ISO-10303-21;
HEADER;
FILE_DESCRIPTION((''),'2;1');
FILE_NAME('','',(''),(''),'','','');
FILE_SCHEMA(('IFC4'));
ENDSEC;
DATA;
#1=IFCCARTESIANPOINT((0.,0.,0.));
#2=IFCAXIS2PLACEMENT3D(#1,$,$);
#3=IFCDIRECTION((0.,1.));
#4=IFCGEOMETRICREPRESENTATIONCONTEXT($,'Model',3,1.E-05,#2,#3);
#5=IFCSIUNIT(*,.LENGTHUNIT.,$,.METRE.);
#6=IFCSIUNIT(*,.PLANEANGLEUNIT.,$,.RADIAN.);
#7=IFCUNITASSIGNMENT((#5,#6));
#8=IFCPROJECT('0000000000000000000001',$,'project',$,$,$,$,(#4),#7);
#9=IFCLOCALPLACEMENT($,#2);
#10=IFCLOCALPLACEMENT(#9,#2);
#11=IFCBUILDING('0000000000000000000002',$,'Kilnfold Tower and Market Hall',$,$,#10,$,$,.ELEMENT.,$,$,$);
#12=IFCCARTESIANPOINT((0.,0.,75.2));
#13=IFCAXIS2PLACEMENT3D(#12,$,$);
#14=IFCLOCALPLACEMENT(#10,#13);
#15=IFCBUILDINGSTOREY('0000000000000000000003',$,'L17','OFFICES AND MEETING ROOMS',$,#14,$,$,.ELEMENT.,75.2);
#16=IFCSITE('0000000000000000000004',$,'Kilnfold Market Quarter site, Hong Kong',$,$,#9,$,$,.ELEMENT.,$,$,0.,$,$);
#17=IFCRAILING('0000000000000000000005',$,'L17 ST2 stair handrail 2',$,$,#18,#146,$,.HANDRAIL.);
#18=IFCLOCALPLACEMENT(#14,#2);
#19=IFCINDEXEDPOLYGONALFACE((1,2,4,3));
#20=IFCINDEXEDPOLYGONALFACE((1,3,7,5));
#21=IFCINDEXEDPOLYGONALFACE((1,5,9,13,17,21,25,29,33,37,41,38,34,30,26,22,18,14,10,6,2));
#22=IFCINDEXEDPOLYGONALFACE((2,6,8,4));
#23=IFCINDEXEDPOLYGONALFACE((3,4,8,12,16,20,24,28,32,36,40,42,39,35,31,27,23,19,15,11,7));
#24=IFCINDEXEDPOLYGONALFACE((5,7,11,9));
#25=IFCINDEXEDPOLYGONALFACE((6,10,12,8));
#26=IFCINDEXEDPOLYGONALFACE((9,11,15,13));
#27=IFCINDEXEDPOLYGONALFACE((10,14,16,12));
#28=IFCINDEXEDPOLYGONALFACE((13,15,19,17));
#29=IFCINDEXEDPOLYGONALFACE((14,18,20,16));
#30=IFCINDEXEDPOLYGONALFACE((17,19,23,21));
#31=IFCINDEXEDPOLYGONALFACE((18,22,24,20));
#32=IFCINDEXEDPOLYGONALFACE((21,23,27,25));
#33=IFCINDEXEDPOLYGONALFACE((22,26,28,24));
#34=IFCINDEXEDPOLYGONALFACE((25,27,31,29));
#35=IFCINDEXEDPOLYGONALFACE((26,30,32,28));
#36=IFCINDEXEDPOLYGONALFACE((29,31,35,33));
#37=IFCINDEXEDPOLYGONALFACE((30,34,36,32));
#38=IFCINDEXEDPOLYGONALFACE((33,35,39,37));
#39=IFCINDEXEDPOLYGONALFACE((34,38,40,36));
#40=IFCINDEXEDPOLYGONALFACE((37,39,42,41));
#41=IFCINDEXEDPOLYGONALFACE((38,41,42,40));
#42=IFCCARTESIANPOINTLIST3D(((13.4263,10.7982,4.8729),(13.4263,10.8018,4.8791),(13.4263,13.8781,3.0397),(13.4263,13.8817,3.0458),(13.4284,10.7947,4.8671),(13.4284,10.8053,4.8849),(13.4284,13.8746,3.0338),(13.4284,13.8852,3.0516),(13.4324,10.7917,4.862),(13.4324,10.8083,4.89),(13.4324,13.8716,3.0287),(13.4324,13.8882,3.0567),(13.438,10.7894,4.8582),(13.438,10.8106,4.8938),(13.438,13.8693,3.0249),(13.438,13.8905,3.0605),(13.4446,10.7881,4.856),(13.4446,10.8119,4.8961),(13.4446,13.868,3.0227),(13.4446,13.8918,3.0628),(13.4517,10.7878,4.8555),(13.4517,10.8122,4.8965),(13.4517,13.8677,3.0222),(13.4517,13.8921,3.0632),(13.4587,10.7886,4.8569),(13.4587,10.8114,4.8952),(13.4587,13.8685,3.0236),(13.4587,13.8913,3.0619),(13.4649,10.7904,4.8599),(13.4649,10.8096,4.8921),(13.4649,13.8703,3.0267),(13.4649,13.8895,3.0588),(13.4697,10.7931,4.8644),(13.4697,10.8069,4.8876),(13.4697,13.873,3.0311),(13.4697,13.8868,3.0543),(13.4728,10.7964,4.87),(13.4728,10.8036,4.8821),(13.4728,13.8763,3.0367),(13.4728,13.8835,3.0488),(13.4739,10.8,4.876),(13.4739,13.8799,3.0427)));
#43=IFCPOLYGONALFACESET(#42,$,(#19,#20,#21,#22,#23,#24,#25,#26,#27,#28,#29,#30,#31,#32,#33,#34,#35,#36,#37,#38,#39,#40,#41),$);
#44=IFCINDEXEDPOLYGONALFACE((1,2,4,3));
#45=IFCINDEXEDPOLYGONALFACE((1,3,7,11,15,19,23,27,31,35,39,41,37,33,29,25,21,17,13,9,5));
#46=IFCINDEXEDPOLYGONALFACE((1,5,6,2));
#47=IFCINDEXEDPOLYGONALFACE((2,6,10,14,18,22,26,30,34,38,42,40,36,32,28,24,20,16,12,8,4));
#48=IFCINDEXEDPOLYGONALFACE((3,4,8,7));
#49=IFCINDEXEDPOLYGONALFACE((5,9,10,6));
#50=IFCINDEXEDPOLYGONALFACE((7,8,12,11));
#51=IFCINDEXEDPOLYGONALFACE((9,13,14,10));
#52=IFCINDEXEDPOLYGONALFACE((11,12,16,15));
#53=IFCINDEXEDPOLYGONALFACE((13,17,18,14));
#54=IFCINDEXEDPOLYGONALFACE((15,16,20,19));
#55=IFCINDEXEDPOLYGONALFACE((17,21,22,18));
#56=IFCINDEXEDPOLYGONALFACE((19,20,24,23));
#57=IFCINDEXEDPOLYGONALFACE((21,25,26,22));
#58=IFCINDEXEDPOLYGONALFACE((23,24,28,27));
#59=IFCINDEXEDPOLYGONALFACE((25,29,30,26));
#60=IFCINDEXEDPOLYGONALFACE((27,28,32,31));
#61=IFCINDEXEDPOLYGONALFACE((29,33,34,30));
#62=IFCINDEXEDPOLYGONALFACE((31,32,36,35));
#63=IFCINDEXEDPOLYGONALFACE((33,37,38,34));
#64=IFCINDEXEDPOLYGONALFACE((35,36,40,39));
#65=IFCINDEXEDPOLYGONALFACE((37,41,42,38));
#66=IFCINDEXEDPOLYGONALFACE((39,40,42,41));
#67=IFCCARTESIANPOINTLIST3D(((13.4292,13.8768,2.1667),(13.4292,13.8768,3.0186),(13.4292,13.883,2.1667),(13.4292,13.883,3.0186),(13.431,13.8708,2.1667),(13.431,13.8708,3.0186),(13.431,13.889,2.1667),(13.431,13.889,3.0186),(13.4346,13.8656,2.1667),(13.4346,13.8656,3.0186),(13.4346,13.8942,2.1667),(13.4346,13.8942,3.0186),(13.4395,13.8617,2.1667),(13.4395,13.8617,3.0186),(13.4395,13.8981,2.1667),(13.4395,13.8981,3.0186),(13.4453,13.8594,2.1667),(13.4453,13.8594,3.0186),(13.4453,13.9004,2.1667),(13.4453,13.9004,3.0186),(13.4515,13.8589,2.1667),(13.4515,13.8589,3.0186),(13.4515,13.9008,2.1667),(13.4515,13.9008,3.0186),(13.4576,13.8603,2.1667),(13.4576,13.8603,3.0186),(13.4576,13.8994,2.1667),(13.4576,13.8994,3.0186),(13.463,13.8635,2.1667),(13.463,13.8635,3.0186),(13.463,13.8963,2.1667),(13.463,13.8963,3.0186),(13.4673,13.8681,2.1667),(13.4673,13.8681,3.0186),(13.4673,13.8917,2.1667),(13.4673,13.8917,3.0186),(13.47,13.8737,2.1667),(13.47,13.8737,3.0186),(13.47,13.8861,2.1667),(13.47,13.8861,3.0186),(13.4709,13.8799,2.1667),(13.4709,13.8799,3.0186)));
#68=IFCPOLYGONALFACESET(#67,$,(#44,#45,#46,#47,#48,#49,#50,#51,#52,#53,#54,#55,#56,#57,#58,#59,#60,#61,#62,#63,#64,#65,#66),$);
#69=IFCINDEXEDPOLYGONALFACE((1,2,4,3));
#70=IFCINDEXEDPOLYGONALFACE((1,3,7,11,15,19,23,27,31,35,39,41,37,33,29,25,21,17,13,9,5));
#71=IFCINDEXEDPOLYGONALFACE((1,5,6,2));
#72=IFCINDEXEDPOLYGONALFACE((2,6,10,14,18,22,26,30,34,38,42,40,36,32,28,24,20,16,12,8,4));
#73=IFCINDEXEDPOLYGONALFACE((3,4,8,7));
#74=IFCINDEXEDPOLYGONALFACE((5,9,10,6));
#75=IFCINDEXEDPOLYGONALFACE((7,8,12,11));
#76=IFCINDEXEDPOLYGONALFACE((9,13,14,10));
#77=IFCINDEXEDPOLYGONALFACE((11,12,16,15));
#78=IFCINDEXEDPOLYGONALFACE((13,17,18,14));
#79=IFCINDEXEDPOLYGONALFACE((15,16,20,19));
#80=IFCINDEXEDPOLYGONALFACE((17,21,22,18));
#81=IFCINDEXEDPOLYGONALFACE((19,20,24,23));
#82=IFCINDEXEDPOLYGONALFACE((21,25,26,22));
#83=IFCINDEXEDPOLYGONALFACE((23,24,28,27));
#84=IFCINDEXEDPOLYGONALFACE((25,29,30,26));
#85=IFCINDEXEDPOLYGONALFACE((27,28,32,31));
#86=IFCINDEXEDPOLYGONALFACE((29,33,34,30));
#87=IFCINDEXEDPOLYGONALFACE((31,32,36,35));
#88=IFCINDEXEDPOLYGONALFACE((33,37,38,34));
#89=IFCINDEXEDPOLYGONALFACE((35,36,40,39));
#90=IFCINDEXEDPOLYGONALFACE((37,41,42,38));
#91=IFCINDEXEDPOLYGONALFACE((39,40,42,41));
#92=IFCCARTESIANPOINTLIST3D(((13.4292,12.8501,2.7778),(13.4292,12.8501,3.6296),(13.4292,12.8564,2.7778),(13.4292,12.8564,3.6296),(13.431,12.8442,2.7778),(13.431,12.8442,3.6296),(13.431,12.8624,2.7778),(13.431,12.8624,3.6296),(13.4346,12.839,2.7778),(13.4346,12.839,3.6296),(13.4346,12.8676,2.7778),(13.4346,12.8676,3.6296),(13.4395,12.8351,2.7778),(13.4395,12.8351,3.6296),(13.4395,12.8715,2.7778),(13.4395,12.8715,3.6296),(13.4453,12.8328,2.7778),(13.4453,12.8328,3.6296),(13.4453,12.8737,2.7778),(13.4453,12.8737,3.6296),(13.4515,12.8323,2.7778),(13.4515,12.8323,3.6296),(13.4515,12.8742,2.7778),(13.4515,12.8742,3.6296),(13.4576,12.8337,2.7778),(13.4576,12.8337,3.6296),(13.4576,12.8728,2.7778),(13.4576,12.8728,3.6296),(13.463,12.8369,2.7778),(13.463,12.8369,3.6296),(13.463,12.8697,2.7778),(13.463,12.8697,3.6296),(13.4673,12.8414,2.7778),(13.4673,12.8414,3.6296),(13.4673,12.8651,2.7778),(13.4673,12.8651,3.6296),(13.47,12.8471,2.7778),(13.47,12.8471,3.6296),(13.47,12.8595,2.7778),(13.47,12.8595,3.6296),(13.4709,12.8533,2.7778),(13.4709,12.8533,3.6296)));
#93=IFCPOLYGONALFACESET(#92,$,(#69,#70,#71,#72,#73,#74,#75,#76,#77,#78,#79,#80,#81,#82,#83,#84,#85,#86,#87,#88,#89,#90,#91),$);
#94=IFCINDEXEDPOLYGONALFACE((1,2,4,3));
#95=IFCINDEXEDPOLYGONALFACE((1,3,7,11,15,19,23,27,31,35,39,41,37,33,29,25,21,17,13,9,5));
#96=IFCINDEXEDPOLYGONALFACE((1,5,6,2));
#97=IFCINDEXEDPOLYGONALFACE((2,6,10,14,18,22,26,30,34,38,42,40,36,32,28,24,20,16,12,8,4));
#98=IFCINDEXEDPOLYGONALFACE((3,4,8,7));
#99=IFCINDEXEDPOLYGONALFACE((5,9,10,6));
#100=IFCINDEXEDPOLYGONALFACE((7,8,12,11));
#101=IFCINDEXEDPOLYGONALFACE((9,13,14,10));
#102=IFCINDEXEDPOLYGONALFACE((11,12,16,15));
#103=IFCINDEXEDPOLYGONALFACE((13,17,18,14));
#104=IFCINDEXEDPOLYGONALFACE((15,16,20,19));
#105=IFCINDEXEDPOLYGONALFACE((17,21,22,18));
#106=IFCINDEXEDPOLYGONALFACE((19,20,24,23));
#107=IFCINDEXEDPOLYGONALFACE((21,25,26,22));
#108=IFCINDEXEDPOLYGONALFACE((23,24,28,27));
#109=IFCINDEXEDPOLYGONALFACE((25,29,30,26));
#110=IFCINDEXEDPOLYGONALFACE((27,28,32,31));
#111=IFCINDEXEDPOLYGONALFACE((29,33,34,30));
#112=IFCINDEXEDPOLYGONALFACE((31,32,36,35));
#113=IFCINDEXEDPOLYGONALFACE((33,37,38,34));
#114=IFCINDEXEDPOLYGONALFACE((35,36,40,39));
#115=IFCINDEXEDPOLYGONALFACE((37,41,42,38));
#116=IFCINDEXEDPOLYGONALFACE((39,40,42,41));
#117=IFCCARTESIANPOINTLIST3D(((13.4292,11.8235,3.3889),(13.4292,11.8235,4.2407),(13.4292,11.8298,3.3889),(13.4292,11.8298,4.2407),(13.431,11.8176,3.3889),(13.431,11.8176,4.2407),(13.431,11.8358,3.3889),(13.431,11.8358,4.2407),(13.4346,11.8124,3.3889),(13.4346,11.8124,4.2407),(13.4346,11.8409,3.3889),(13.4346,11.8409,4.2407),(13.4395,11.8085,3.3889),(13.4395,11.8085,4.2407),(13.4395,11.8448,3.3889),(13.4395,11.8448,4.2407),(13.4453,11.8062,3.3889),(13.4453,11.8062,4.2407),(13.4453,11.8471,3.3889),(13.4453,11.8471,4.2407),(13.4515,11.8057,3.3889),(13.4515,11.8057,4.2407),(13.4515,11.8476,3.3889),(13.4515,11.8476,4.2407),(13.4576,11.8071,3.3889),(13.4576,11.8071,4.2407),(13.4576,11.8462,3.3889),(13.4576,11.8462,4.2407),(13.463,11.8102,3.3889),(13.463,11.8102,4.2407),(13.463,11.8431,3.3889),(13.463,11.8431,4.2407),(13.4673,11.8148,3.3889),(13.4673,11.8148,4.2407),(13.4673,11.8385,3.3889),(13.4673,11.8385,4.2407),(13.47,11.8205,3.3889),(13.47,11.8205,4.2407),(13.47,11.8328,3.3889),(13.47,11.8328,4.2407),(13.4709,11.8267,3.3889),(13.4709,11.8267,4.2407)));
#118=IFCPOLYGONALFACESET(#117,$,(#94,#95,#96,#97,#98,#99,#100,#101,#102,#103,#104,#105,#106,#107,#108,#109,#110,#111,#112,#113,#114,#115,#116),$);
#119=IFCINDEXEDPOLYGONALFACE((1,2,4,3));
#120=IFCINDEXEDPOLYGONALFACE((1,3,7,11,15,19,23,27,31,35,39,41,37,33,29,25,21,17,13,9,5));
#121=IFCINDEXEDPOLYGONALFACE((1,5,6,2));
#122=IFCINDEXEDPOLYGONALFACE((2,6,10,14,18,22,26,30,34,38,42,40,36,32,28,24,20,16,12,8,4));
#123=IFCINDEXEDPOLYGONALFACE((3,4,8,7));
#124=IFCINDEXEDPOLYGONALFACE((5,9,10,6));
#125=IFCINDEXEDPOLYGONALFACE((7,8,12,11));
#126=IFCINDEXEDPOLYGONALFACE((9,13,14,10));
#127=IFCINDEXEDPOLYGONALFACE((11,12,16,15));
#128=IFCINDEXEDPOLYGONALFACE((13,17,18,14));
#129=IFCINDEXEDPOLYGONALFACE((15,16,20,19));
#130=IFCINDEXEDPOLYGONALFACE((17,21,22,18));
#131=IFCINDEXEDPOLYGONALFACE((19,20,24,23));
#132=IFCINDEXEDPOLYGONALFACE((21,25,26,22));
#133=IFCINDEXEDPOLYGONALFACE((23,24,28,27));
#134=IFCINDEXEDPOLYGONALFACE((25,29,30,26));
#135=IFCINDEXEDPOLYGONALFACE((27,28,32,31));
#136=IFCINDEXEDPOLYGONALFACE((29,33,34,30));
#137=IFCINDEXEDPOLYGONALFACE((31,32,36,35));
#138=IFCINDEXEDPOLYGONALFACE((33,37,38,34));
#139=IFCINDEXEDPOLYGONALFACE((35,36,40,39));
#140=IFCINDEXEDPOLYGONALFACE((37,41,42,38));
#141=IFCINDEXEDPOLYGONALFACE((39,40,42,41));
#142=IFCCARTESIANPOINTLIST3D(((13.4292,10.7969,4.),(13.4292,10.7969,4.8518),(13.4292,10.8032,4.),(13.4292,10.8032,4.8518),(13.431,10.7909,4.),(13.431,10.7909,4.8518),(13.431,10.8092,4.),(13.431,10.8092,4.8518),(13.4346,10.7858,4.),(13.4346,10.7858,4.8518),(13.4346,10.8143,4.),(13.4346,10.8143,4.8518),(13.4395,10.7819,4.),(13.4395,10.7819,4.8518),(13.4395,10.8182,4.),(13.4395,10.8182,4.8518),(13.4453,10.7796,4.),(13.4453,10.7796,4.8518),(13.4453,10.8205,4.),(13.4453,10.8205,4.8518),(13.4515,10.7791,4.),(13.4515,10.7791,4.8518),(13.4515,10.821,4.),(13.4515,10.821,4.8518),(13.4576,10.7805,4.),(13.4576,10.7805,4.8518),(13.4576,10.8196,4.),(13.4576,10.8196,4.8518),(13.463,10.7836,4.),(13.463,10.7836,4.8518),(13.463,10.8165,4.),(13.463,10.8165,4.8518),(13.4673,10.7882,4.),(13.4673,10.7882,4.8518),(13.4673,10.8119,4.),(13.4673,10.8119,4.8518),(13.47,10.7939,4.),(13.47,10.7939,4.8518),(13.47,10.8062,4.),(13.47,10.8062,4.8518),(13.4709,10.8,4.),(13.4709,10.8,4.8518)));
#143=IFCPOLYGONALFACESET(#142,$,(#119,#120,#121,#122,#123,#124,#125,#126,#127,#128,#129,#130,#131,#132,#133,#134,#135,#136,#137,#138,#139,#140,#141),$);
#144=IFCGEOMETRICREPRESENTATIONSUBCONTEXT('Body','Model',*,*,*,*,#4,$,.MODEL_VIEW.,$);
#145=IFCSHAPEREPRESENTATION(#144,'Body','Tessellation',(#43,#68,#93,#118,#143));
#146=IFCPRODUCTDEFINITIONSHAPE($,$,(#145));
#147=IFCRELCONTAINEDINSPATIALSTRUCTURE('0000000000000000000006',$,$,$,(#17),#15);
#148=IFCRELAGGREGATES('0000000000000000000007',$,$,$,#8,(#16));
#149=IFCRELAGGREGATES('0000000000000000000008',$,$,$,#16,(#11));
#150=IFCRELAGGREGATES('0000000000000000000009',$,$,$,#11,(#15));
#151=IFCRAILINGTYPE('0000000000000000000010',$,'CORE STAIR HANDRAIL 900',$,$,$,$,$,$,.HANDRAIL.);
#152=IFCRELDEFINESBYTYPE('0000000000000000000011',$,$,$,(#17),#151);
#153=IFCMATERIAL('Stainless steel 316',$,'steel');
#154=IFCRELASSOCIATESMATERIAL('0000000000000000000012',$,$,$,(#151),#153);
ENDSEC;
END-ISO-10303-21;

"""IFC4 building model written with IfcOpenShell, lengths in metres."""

from ifc_helpers import new_model, si_unit, direction, frame, origin, origin_2d, place, context, subcontext, project, spatial, circle, extrude, material, type_object, element, save


model = new_model("IFC4")

# Units and contexts
model_context = context("Model", 3, precision=1e-05, world=origin(), true_north=direction((0.0, 1.0)))
body_context = subcontext(model_context, "Body", "Model", "MODEL_VIEW")
ifc_project = project(units=[si_unit("LENGTHUNIT", "METRE"), si_unit("PLANEANGLEUNIT", "RADIAN")], contexts=[model_context])

# Site, building, storey
site_placement = place(None, origin())
site = spatial("IfcSite", under=ifc_project, at=site_placement, Name="Kilnfold Market Quarter site, Hong Kong", CompositionType="ELEMENT", RefElevation=0.0)
building_placement = place(site_placement, origin())
building = spatial("IfcBuilding", under=site, at=building_placement, Name="Kilnfold Tower and Market Hall", CompositionType="ELEMENT")
storey_placement = place(building_placement, frame((0.0, 0.0, 75.2)))
storey = spatial("IfcBuildingStorey", under=building, at=storey_placement, Name="L17", Description="OFFICES AND MEETING ROOMS", CompositionType="ELEMENT", Elevation=75.2)

# Railing
ifc_material_1 = material(Name="Stainless steel 316", Category="steel")
railing_type_1 = type_object("IfcRailingType", Name="CORE STAIR HANDRAIL 900", PredefinedType="HANDRAIL", material=ifc_material_1)
railing_1_placement = place(storey_placement, frame((13.45, 13.8799, 2.1667)))
element("IfcRailing", 1, at=railing_1_placement, inside=storey, type_object=railing_type_1, Name="L17 ST2 stair handrail 2", PredefinedType="HANDRAIL", context=body_context, shape_type="SweptSolid", body=[
    extrude(circle(Radius=0.0239, at=origin_2d()), frame((0.0, 0.0, 0.876), z_axis=(0.0, -0.859291, 0.511487), x_axis=(1.0, 0.0, 0.0)), (0.0, 0.0, 1.0), 3.5842),
    extrude(circle(Radius=0.021, at=origin_2d()), origin(), (0.0, 0.0, 1.0), 0.8518),
    extrude(circle(Radius=0.021, at=origin_2d()), frame((0.0, -1.0266, 0.6111)), (0.0, 0.0, 1.0), 0.8518),
    extrude(circle(Radius=0.021, at=origin_2d()), frame((0.0, -2.0532, 1.2222)), (0.0, 0.0, 1.0), 0.8518),
    extrude(circle(Radius=0.021, at=origin_2d()), frame((0.0, -3.0798, 1.8333)), (0.0, 0.0, 1.0), 0.8518),
])

save(model, "model.ifc")
